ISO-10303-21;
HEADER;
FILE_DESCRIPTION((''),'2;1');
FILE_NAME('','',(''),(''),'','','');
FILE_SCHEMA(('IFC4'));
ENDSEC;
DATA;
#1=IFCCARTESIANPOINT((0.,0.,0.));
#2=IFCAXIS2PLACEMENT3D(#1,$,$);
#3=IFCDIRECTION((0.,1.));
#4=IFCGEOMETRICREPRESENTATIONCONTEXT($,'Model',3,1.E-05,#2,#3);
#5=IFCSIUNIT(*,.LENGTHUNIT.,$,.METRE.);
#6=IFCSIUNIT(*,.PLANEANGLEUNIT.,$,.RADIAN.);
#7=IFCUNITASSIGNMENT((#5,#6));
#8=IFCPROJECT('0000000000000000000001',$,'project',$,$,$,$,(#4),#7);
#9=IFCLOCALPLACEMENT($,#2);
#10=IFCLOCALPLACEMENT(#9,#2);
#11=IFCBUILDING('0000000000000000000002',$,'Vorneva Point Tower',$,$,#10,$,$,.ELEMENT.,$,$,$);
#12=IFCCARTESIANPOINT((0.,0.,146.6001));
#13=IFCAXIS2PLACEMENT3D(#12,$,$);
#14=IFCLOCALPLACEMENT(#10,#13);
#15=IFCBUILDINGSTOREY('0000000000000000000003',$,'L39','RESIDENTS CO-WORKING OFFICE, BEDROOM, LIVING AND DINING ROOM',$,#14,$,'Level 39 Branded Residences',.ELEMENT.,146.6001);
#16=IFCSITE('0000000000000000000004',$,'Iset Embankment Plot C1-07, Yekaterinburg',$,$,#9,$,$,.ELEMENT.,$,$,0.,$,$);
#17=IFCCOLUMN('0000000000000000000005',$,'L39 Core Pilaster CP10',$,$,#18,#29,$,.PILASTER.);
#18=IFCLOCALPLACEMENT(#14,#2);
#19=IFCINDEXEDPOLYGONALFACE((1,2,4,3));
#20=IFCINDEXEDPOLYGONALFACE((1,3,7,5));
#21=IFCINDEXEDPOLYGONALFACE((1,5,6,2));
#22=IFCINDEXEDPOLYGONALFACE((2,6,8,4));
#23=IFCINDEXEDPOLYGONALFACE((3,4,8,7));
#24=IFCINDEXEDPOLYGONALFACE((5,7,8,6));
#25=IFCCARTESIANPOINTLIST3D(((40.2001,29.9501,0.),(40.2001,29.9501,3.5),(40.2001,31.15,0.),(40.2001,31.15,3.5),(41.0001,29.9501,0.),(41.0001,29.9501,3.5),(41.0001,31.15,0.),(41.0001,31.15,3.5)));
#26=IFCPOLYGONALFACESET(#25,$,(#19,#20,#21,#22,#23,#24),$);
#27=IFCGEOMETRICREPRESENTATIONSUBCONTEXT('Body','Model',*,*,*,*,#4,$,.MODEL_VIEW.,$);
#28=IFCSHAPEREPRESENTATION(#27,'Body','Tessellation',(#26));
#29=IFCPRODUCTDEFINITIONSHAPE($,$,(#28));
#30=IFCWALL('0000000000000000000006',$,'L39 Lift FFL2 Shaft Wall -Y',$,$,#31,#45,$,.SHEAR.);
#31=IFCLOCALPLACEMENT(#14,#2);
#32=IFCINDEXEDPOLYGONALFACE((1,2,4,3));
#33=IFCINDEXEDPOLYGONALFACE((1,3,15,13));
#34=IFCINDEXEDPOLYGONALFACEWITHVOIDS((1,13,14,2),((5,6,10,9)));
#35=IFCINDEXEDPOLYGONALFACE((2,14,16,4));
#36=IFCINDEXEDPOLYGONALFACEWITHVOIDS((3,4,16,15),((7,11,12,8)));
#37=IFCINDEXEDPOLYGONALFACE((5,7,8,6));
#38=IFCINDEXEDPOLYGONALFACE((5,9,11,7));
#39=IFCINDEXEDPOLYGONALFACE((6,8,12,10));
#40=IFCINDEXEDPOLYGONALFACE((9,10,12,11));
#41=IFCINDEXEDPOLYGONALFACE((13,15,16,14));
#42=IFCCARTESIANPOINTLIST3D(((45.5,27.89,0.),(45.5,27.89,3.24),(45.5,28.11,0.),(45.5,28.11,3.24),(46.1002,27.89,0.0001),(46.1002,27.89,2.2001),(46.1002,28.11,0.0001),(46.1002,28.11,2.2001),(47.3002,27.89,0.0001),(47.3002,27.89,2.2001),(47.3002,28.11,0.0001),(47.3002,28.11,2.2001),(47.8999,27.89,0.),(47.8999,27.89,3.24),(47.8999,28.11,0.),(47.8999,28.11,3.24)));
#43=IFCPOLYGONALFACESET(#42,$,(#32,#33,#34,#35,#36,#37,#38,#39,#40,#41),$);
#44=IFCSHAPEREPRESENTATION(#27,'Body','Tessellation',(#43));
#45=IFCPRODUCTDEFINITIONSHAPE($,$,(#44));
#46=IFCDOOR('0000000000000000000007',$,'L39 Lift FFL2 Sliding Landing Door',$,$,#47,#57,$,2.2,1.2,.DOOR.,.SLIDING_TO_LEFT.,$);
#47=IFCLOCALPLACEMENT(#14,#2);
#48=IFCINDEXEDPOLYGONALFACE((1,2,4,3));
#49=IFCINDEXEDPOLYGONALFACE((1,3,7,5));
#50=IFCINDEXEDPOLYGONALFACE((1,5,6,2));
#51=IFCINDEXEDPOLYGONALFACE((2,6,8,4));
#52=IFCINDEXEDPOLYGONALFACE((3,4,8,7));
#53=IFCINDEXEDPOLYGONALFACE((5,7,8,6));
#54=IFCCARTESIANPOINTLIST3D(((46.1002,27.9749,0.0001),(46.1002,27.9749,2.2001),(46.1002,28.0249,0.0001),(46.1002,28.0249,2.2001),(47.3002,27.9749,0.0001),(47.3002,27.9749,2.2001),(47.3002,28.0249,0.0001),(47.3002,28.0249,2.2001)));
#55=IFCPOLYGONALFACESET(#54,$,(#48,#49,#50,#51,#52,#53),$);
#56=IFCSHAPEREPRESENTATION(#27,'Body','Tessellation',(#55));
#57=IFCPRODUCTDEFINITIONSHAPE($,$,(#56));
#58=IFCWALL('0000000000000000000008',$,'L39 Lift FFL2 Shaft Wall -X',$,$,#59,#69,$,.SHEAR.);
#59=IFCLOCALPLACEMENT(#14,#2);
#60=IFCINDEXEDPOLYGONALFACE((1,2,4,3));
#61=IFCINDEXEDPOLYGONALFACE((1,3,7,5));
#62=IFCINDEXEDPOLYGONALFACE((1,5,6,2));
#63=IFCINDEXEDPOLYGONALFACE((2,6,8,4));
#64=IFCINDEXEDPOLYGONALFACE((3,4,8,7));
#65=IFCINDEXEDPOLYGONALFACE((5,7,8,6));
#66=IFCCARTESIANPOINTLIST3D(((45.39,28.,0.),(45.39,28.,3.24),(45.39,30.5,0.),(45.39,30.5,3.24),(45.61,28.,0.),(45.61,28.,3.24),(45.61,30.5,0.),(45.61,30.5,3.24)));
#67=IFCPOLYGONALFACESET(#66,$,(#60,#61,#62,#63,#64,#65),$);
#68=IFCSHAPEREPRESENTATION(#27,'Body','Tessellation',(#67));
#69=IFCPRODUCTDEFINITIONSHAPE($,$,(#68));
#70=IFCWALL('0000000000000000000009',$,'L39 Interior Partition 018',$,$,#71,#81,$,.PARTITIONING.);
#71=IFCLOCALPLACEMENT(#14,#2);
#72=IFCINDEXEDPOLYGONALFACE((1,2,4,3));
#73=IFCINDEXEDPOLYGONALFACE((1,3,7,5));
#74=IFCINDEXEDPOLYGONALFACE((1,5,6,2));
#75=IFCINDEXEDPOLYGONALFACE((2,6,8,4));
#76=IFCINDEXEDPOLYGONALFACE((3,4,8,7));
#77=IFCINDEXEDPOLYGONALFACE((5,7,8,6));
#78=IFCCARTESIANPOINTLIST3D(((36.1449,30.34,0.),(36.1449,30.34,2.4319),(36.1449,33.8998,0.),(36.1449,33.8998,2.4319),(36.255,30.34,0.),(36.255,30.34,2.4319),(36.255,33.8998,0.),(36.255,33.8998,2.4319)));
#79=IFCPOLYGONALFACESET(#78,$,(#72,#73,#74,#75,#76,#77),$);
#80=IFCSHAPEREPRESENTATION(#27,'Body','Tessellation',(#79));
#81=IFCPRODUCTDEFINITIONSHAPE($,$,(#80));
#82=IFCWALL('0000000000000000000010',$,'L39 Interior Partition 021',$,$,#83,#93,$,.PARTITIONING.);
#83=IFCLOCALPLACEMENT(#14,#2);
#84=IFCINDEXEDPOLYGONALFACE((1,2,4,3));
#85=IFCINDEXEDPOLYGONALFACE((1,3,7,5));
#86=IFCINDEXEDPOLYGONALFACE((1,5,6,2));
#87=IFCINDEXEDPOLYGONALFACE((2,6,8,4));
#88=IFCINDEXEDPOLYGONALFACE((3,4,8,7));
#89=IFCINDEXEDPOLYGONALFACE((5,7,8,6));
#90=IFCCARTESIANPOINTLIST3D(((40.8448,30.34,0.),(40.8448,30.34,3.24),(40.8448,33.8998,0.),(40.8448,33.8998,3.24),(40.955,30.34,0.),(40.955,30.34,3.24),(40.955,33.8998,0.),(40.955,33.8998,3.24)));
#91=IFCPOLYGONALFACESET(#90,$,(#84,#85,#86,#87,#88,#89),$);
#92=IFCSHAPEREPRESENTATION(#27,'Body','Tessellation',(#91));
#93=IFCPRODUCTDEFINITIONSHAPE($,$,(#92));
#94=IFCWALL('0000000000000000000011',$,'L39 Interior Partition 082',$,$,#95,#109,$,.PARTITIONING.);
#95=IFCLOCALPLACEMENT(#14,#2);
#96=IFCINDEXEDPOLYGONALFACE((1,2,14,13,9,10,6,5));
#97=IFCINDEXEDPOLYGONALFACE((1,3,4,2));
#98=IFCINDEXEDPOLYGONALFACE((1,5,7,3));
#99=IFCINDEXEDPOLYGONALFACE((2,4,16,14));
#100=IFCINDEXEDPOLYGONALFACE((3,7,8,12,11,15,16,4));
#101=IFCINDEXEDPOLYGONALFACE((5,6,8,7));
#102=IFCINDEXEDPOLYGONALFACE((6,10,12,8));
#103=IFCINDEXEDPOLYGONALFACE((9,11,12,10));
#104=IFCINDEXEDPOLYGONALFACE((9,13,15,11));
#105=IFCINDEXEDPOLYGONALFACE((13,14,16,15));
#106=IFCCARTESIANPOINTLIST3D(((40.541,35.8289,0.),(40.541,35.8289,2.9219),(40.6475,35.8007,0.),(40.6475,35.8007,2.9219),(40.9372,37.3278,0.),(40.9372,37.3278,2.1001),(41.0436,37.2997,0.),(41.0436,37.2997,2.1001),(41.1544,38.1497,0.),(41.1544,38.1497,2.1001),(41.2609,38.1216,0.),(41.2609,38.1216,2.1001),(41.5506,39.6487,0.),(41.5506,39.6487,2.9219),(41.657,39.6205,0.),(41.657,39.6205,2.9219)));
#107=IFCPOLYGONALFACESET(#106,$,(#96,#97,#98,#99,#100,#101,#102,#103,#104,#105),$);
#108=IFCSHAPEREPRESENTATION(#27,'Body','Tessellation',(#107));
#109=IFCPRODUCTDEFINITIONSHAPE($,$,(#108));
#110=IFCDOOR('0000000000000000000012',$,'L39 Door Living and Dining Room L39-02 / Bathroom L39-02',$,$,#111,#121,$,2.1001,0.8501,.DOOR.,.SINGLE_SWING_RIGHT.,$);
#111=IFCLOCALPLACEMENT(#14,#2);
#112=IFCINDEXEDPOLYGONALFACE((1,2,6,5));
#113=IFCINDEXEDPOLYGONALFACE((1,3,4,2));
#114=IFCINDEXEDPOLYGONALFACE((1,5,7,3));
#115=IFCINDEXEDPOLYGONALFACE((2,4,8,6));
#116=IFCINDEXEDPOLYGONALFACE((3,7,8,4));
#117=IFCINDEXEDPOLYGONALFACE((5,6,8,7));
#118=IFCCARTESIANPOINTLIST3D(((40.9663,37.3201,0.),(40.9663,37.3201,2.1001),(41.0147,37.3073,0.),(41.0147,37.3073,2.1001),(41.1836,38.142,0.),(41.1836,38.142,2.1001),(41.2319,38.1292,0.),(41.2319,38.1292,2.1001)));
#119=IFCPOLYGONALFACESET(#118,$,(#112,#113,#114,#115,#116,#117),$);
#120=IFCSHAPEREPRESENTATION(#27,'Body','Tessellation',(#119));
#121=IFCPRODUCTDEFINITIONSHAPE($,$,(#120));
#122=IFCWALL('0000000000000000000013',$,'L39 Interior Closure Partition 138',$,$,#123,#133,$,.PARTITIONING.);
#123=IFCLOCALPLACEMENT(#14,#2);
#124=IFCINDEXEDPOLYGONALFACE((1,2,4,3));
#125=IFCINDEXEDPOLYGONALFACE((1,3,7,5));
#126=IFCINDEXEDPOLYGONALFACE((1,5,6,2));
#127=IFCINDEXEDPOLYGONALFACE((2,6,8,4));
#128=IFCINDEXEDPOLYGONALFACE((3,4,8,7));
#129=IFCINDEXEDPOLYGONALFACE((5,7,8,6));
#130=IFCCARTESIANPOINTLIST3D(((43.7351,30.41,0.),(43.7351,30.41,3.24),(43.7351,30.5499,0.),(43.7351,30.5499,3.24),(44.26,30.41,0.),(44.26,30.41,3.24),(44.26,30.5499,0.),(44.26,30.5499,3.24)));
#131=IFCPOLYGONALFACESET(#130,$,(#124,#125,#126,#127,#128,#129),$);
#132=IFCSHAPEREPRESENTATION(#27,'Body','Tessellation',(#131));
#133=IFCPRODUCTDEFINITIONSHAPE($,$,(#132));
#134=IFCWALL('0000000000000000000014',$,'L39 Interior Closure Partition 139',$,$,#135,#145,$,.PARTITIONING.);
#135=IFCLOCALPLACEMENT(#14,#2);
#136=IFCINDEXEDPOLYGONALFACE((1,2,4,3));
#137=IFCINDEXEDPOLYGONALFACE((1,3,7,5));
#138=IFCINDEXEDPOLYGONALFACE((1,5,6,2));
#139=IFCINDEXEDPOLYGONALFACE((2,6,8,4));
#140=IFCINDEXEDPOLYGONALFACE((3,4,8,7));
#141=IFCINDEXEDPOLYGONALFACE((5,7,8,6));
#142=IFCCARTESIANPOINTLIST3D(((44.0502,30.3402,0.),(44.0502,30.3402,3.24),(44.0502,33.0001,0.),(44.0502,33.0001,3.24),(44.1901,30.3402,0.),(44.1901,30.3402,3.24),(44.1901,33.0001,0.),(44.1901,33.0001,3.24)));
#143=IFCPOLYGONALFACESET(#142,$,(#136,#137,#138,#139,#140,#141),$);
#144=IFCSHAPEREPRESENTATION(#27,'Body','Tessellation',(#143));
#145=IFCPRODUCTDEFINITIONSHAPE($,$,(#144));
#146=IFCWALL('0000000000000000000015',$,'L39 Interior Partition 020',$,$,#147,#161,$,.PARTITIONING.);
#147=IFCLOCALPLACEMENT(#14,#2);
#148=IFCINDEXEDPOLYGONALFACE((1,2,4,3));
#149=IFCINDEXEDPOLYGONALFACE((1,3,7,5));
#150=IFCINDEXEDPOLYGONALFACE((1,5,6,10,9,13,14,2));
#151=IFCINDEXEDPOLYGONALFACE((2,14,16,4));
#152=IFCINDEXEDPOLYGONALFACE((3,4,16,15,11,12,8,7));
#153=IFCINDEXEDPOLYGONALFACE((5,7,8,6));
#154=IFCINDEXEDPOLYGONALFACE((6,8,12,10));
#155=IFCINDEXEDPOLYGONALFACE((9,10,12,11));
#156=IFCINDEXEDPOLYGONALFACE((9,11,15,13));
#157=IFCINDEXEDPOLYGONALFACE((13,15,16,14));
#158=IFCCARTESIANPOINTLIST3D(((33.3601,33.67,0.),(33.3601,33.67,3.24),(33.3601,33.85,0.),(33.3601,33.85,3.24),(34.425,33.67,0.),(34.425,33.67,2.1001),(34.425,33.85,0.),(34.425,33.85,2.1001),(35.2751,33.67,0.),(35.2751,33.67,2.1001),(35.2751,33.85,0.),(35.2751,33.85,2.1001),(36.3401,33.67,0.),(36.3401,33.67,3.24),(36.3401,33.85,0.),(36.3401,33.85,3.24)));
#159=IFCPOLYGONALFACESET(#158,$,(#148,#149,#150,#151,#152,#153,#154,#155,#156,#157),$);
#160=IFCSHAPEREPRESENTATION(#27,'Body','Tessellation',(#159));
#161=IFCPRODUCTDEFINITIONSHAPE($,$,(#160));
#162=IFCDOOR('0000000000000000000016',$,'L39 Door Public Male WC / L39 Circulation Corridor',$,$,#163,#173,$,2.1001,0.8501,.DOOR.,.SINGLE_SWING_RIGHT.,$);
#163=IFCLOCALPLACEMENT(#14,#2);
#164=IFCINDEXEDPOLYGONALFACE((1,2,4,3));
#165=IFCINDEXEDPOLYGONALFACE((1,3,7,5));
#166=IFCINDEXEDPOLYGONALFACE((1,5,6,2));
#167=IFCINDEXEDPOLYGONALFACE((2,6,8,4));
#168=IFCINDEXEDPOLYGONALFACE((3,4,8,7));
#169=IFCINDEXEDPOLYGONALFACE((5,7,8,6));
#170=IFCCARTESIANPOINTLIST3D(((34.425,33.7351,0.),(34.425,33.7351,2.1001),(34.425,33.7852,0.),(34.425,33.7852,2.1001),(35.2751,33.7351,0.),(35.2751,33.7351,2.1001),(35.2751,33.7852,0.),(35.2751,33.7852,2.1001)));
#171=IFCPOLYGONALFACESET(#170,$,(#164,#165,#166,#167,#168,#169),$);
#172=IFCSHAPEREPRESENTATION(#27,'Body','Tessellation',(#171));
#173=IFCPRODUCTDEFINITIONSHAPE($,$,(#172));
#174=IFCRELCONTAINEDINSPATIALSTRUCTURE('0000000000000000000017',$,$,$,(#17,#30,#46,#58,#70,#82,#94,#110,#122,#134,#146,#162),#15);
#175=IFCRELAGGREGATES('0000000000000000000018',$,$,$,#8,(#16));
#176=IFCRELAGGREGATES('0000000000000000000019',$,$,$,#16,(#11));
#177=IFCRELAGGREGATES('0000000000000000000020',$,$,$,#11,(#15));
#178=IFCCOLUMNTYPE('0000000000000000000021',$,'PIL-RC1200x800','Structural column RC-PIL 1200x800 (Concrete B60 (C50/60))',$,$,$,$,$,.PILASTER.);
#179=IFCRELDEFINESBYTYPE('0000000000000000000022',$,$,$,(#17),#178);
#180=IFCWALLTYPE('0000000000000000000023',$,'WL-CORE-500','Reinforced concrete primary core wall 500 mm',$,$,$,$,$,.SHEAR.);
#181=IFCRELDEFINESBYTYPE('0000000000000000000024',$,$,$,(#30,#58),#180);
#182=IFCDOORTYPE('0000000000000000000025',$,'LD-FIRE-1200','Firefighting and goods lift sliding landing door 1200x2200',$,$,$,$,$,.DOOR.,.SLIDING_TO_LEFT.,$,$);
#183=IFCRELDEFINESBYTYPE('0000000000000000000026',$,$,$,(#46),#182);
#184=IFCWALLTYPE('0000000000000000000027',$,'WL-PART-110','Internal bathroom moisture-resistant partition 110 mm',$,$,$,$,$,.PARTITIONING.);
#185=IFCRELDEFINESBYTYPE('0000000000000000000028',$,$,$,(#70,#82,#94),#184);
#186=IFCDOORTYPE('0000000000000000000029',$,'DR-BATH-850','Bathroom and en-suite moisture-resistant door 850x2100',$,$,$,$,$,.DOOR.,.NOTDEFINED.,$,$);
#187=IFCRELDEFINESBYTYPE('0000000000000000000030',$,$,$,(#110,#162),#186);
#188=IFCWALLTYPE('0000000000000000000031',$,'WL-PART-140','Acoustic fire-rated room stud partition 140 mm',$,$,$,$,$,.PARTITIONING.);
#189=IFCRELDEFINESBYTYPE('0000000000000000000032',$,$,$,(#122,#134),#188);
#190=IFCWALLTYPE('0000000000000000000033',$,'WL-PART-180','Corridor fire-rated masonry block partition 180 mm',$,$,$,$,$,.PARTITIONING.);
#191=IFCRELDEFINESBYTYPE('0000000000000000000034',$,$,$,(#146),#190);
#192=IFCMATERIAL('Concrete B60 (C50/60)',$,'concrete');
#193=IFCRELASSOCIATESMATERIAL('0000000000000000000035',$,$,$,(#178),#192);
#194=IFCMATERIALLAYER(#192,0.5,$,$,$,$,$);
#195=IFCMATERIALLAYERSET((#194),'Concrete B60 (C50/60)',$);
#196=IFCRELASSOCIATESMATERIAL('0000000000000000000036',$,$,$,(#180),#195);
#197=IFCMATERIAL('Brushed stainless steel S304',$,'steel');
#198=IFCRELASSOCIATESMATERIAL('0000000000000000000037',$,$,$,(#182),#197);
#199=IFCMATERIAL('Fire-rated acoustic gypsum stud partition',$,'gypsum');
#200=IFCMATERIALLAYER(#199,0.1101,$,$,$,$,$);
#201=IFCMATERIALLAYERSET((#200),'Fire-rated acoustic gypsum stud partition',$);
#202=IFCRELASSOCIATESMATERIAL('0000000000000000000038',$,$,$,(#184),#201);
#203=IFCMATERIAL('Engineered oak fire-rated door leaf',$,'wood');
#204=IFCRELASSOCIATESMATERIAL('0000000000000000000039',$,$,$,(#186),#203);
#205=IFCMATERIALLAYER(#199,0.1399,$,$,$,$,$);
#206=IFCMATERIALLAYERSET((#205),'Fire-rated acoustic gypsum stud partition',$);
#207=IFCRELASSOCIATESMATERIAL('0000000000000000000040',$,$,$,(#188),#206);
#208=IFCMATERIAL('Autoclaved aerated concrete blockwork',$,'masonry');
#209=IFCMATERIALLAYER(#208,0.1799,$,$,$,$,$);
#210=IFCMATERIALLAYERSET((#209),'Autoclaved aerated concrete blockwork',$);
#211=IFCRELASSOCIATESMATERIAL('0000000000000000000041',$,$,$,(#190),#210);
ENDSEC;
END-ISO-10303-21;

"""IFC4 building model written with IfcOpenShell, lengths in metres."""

from ifc_helpers import new_model, si_unit, direction, frame, frame_2d, origin, origin_2d, place, context, subcontext, project, spatial, rectangle, extrude, material, layer, layer_set, material_profile, profile_set, type_object, element, fill, save


model = new_model("IFC4")

# Units and contexts
model_context = context("Model", 3, precision=1e-05, world=origin(), true_north=direction((0.0, 1.0)))
body_context = subcontext(model_context, "Body", "Model", "MODEL_VIEW")
ifc_project = project(units=[si_unit("LENGTHUNIT", "METRE"), si_unit("PLANEANGLEUNIT", "RADIAN")], contexts=[model_context])

# Site, building, storey
site_placement = place(None, origin())
site = spatial("IfcSite", under=ifc_project, at=site_placement, Name="Iset Embankment Plot C1-07, Yekaterinburg", CompositionType="ELEMENT", RefElevation=0.0)
building_placement = place(site_placement, origin())
building = spatial("IfcBuilding", under=site, at=building_placement, Name="Vorneva Point Tower", CompositionType="ELEMENT")
storey_placement = place(building_placement, frame((0.0, 0.0, 146.6001)))
storey = spatial("IfcBuildingStorey", under=building, at=storey_placement, Name="L39", Description="RESIDENTS CO-WORKING OFFICE, BEDROOM, LIVING AND DINING ROOM", LongName="Level 39 Branded Residences", CompositionType="ELEMENT", Elevation=146.6001)

# Column
ifc_material_1 = material(Name="Concrete B60 (C50/60)", Category="concrete")
ifc_material_profile = material_profile(ifc_material_1, rectangle(XDim=0.8, YDim=1.2, at=origin_2d()), Name="RC-PIL 1200x800")
ifc_profile_set = profile_set([ifc_material_profile], Name="Concrete B60 (C50/60)")
column_type = type_object("IfcColumnType", Name="PIL-RC1200x800", Description="Structural column RC-PIL 1200x800 (Concrete B60 (C50/60))", PredefinedType="PILASTER", material=ifc_profile_set)
column_placement = place(storey_placement, frame((40.6001, 30.55, 0.0), z_axis=(0.0, 0.0, 1.0), x_axis=(1.0, 0.0, 0.0)))
element("IfcColumn", 1, at=column_placement, inside=storey, type_object=column_type, Name="L39 Core Pilaster CP10", PredefinedType="PILASTER", context=body_context, shape_type="SweptSolid", body=[
    extrude(rectangle(XDim=0.8, YDim=1.2, at=origin_2d()), origin(), (0.0, 0.0, 1.0), 3.5),
])

# Wall, opening, door
ifc_layer_1 = layer(ifc_material_1, 0.5)
ifc_layer_set_1 = layer_set([ifc_layer_1], Name="Concrete B60 (C50/60)")
wall_type_1 = type_object("IfcWallType", Name="WL-CORE-500", Description="Reinforced concrete primary core wall 500 mm", PredefinedType="SHEAR", material=ifc_layer_set_1)
wall_1_placement = place(storey_placement, frame((45.5, 28.0, 0.0), z_axis=(0.0, 0.0, 1.0), x_axis=(1.0, 0.0, 0.0)))
wall_1 = element("IfcWall", 2, at=wall_1_placement, inside=storey, type_object=wall_type_1, Name="L39 Lift FFL2 Shaft Wall -Y", PredefinedType="SHEAR", context=body_context, shape_type="SweptSolid", body=[
    extrude(rectangle(XDim=2.3999, YDim=0.22, at=frame_2d((1.2, 0.0))), origin(), (0.0, 0.0, 1.0), 3.24),
])
opening_1_placement = place(wall_1_placement, frame((0.6001, 0.0, 0.0)))
opening_1 = element("IfcOpeningElement", 3, at=opening_1_placement, cuts=wall_1, PredefinedType="OPENING", context=body_context, shape_type="SweptSolid", body=[
    extrude(rectangle(XDim=1.2, YDim=2.2, at=frame_2d((0.6001, 1.1001))), frame((0.0, 0.125, 0.0), z_axis=(0.0, -1.0, 0.0), x_axis=(1.0, 0.0, 0.0)), (0.0, 0.0, 1.0), 0.2498),
])
ifc_material_2 = material(Name="Brushed stainless steel S304", Category="steel")
door_type_1 = type_object("IfcDoorType", Name="LD-FIRE-1200", Description="Firefighting and goods lift sliding landing door 1200x2200", OperationType="SLIDING_TO_LEFT", PredefinedType="DOOR", material=ifc_material_2)
door_1_placement = place(opening_1_placement, origin())
door_1 = element("IfcDoor", 4, at=door_1_placement, inside=storey, type_object=door_type_1, Name="L39 Lift FFL2 Sliding Landing Door", OperationType="SLIDING_TO_LEFT", OverallHeight=2.2, OverallWidth=1.2, PredefinedType="DOOR", context=body_context, shape_type="SweptSolid", body=[
    extrude(rectangle(XDim=1.2, YDim=2.2, at=frame_2d((0.6001, 1.1001))), frame((0.0, 0.0249, 0.0), z_axis=(0.0, -1.0, 0.0), x_axis=(1.0, 0.0, 0.0)), (0.0, 0.0, 1.0), 0.05),
])
fill(opening_1, door_1)

# Walls
wall_2_placement = place(storey_placement, frame((45.5, 30.5, 0.0), z_axis=(0.0, 0.0, 1.0), x_axis=(0.0, -1.0, 0.0)))
element("IfcWall", 5, at=wall_2_placement, inside=storey, type_object=wall_type_1, Name="L39 Lift FFL2 Shaft Wall -X", PredefinedType="SHEAR", context=body_context, shape_type="SweptSolid", body=[
    extrude(rectangle(XDim=2.5, YDim=0.22, at=frame_2d((1.25, 0.0))), origin(), (0.0, 0.0, 1.0), 3.24),
])
ifc_material_3 = material(Name="Fire-rated acoustic gypsum stud partition", Category="gypsum")
ifc_layer_2 = layer(ifc_material_3, 0.1101)
ifc_layer_set_2 = layer_set([ifc_layer_2], Name="Fire-rated acoustic gypsum stud partition")
wall_type_2 = type_object("IfcWallType", Name="WL-PART-110", Description="Internal bathroom moisture-resistant partition 110 mm", PredefinedType="PARTITIONING", material=ifc_layer_set_2)
wall_3_placement = place(storey_placement, frame((36.2, 30.3401, 0.0), z_axis=(0.0, 0.0, 1.0), x_axis=(0.0, 1.0, 0.0)))
element("IfcWall", 6, at=wall_3_placement, inside=storey, type_object=wall_type_2, Name="L39 Interior Partition 018", PredefinedType="PARTITIONING", context=body_context, shape_type="SweptSolid", body=[
    extrude(rectangle(XDim=3.5598, YDim=0.1101, at=frame_2d((1.7798, 0.0))), origin(), (0.0, 0.0, 1.0), 2.4319),
])
wall_4_placement = place(storey_placement, frame((40.8999, 30.3401, 0.0), z_axis=(0.0, 0.0, 1.0), x_axis=(0.0, 1.0, 0.0)))
element("IfcWall", 7, at=wall_4_placement, inside=storey, type_object=wall_type_2, Name="L39 Interior Partition 021", PredefinedType="PARTITIONING", context=body_context, shape_type="SweptSolid", body=[
    extrude(rectangle(XDim=3.5598, YDim=0.1101, at=frame_2d((1.7798, 0.0))), origin(), (0.0, 0.0, 1.0), 3.24),
])

# Wall, opening, door
wall_5_placement = place(storey_placement, frame((40.5942, 35.8147, 0.0), z_axis=(0.0, 0.0, 1.0), x_axis=(0.255512, 0.966806, 0.0)))
wall_5 = element("IfcWall", 8, at=wall_5_placement, inside=storey, type_object=wall_type_2, Name="L39 Interior Partition 082", PredefinedType="PARTITIONING", context=body_context, shape_type="SweptSolid", body=[
    extrude(rectangle(XDim=3.9509, YDim=0.1101, at=frame_2d((1.9756, 0.0))), origin(), (0.0, 0.0, 1.0), 2.9219),
])
opening_2_placement = place(wall_5_placement, frame((1.5505, 0.0, 0.0)))
opening_2 = element("IfcOpeningElement", 9, at=opening_2_placement, cuts=wall_5, PredefinedType="OPENING", context=body_context, shape_type="SweptSolid", body=[
    extrude(rectangle(XDim=0.8501, YDim=2.1001, at=frame_2d((0.425, 1.05))), frame((0.0, 0.0698, 0.0), z_axis=(0.0, -1.0, 0.0), x_axis=(1.0, 0.0, 0.0)), (0.0, 0.0, 1.0), 0.1399),
])
ifc_material_4 = material(Name="Engineered oak fire-rated door leaf", Category="wood")
door_type_2 = type_object("IfcDoorType", Name="DR-BATH-850", Description="Bathroom and en-suite moisture-resistant door 850x2100", OperationType="NOTDEFINED", PredefinedType="DOOR", material=ifc_material_4)
door_2_placement = place(opening_2_placement, origin())
door_2 = element("IfcDoor", 10, at=door_2_placement, inside=storey, type_object=door_type_2, Name="L39 Door Living and Dining Room L39-02 / Bathroom L39-02", OperationType="SINGLE_SWING_RIGHT", OverallHeight=2.1001, OverallWidth=0.8501, PredefinedType="DOOR", context=body_context, shape_type="SweptSolid", body=[
    extrude(rectangle(XDim=0.8501, YDim=2.1001, at=frame_2d((0.425, 1.05))), frame((0.0, 0.0249, 0.0), z_axis=(0.0, -1.0, 0.0), x_axis=(1.0, 0.0, 0.0)), (0.0, 0.0, 1.0), 0.05),
])
fill(opening_2, door_2)

# Walls
ifc_layer_3 = layer(ifc_material_3, 0.1399)
ifc_layer_set_3 = layer_set([ifc_layer_3], Name="Fire-rated acoustic gypsum stud partition")
wall_type_3 = type_object("IfcWallType", Name="WL-PART-140", Description="Acoustic fire-rated room stud partition 140 mm", PredefinedType="PARTITIONING", material=ifc_layer_set_3)
wall_6_placement = place(storey_placement, frame((43.7351, 30.48, 0.0), z_axis=(0.0, 0.0, 1.0), x_axis=(1.0, 0.0, 0.0)))
element("IfcWall", 11, at=wall_6_placement, inside=storey, type_object=wall_type_3, Name="L39 Interior Closure Partition 138", PredefinedType="PARTITIONING", context=body_context, shape_type="SweptSolid", body=[
    extrude(rectangle(XDim=0.5249, YDim=0.1399, at=frame_2d((0.2625, 0.0))), origin(), (0.0, 0.0, 1.0), 3.24),
])
wall_7_placement = place(storey_placement, frame((44.1201, 30.3401, 0.0), z_axis=(0.0, 0.0, 1.0), x_axis=(0.0, 1.0, 0.0)))
element("IfcWall", 12, at=wall_7_placement, inside=storey, type_object=wall_type_3, Name="L39 Interior Closure Partition 139", PredefinedType="PARTITIONING", context=body_context, shape_type="SweptSolid", body=[
    extrude(rectangle(XDim=2.6599, YDim=0.1399, at=frame_2d((1.3301, 0.0))), origin(), (0.0, 0.0, 1.0), 3.24),
])

# Wall, opening, door
ifc_material_5 = material(Name="Autoclaved aerated concrete blockwork", Category="masonry")
ifc_layer_4 = layer(ifc_material_5, 0.1799)
ifc_layer_set_4 = layer_set([ifc_layer_4], Name="Autoclaved aerated concrete blockwork")
wall_type_4 = type_object("IfcWallType", Name="WL-PART-180", Description="Corridor fire-rated masonry block partition 180 mm", PredefinedType="PARTITIONING", material=ifc_layer_set_4)
wall_8_placement = place(storey_placement, frame((36.3401, 33.76, 0.0), z_axis=(0.0, 0.0, 1.0), x_axis=(-1.0, 0.0, 0.0)))
wall_8 = element("IfcWall", 13, at=wall_8_placement, inside=storey, type_object=wall_type_4, Name="L39 Interior Partition 020", PredefinedType="PARTITIONING", context=body_context, shape_type="SweptSolid", body=[
    extrude(rectangle(XDim=2.98, YDim=0.1799, at=frame_2d((1.49, 0.0))), origin(), (0.0, 0.0, 1.0), 3.24),
])
opening_3_placement = place(wall_8_placement, frame((1.0649, 0.0, 0.0)))
opening_3 = element("IfcOpeningElement", 14, at=opening_3_placement, cuts=wall_8, PredefinedType="OPENING", context=body_context, shape_type="SweptSolid", body=[
    extrude(rectangle(XDim=0.8501, YDim=2.1001, at=frame_2d((0.425, 1.05))), frame((0.0, 0.105, 0.0), z_axis=(0.0, -1.0, 0.0), x_axis=(1.0, 0.0, 0.0)), (0.0, 0.0, 1.0), 0.2097),
])
door_3_placement = place(opening_3_placement, origin())
door_3 = element("IfcDoor", 15, at=door_3_placement, inside=storey, type_object=door_type_2, Name="L39 Door Public Male WC / L39 Circulation Corridor", OperationType="SINGLE_SWING_RIGHT", OverallHeight=2.1001, OverallWidth=0.8501, PredefinedType="DOOR", context=body_context, shape_type="SweptSolid", body=[
    extrude(rectangle(XDim=0.8501, YDim=2.1001, at=frame_2d((0.425, 1.05))), frame((0.0, 0.0249, 0.0), z_axis=(0.0, -1.0, 0.0), x_axis=(1.0, 0.0, 0.0)), (0.0, 0.0, 1.0), 0.05),
])
fill(opening_3, door_3)

save(model, "model.ifc")
